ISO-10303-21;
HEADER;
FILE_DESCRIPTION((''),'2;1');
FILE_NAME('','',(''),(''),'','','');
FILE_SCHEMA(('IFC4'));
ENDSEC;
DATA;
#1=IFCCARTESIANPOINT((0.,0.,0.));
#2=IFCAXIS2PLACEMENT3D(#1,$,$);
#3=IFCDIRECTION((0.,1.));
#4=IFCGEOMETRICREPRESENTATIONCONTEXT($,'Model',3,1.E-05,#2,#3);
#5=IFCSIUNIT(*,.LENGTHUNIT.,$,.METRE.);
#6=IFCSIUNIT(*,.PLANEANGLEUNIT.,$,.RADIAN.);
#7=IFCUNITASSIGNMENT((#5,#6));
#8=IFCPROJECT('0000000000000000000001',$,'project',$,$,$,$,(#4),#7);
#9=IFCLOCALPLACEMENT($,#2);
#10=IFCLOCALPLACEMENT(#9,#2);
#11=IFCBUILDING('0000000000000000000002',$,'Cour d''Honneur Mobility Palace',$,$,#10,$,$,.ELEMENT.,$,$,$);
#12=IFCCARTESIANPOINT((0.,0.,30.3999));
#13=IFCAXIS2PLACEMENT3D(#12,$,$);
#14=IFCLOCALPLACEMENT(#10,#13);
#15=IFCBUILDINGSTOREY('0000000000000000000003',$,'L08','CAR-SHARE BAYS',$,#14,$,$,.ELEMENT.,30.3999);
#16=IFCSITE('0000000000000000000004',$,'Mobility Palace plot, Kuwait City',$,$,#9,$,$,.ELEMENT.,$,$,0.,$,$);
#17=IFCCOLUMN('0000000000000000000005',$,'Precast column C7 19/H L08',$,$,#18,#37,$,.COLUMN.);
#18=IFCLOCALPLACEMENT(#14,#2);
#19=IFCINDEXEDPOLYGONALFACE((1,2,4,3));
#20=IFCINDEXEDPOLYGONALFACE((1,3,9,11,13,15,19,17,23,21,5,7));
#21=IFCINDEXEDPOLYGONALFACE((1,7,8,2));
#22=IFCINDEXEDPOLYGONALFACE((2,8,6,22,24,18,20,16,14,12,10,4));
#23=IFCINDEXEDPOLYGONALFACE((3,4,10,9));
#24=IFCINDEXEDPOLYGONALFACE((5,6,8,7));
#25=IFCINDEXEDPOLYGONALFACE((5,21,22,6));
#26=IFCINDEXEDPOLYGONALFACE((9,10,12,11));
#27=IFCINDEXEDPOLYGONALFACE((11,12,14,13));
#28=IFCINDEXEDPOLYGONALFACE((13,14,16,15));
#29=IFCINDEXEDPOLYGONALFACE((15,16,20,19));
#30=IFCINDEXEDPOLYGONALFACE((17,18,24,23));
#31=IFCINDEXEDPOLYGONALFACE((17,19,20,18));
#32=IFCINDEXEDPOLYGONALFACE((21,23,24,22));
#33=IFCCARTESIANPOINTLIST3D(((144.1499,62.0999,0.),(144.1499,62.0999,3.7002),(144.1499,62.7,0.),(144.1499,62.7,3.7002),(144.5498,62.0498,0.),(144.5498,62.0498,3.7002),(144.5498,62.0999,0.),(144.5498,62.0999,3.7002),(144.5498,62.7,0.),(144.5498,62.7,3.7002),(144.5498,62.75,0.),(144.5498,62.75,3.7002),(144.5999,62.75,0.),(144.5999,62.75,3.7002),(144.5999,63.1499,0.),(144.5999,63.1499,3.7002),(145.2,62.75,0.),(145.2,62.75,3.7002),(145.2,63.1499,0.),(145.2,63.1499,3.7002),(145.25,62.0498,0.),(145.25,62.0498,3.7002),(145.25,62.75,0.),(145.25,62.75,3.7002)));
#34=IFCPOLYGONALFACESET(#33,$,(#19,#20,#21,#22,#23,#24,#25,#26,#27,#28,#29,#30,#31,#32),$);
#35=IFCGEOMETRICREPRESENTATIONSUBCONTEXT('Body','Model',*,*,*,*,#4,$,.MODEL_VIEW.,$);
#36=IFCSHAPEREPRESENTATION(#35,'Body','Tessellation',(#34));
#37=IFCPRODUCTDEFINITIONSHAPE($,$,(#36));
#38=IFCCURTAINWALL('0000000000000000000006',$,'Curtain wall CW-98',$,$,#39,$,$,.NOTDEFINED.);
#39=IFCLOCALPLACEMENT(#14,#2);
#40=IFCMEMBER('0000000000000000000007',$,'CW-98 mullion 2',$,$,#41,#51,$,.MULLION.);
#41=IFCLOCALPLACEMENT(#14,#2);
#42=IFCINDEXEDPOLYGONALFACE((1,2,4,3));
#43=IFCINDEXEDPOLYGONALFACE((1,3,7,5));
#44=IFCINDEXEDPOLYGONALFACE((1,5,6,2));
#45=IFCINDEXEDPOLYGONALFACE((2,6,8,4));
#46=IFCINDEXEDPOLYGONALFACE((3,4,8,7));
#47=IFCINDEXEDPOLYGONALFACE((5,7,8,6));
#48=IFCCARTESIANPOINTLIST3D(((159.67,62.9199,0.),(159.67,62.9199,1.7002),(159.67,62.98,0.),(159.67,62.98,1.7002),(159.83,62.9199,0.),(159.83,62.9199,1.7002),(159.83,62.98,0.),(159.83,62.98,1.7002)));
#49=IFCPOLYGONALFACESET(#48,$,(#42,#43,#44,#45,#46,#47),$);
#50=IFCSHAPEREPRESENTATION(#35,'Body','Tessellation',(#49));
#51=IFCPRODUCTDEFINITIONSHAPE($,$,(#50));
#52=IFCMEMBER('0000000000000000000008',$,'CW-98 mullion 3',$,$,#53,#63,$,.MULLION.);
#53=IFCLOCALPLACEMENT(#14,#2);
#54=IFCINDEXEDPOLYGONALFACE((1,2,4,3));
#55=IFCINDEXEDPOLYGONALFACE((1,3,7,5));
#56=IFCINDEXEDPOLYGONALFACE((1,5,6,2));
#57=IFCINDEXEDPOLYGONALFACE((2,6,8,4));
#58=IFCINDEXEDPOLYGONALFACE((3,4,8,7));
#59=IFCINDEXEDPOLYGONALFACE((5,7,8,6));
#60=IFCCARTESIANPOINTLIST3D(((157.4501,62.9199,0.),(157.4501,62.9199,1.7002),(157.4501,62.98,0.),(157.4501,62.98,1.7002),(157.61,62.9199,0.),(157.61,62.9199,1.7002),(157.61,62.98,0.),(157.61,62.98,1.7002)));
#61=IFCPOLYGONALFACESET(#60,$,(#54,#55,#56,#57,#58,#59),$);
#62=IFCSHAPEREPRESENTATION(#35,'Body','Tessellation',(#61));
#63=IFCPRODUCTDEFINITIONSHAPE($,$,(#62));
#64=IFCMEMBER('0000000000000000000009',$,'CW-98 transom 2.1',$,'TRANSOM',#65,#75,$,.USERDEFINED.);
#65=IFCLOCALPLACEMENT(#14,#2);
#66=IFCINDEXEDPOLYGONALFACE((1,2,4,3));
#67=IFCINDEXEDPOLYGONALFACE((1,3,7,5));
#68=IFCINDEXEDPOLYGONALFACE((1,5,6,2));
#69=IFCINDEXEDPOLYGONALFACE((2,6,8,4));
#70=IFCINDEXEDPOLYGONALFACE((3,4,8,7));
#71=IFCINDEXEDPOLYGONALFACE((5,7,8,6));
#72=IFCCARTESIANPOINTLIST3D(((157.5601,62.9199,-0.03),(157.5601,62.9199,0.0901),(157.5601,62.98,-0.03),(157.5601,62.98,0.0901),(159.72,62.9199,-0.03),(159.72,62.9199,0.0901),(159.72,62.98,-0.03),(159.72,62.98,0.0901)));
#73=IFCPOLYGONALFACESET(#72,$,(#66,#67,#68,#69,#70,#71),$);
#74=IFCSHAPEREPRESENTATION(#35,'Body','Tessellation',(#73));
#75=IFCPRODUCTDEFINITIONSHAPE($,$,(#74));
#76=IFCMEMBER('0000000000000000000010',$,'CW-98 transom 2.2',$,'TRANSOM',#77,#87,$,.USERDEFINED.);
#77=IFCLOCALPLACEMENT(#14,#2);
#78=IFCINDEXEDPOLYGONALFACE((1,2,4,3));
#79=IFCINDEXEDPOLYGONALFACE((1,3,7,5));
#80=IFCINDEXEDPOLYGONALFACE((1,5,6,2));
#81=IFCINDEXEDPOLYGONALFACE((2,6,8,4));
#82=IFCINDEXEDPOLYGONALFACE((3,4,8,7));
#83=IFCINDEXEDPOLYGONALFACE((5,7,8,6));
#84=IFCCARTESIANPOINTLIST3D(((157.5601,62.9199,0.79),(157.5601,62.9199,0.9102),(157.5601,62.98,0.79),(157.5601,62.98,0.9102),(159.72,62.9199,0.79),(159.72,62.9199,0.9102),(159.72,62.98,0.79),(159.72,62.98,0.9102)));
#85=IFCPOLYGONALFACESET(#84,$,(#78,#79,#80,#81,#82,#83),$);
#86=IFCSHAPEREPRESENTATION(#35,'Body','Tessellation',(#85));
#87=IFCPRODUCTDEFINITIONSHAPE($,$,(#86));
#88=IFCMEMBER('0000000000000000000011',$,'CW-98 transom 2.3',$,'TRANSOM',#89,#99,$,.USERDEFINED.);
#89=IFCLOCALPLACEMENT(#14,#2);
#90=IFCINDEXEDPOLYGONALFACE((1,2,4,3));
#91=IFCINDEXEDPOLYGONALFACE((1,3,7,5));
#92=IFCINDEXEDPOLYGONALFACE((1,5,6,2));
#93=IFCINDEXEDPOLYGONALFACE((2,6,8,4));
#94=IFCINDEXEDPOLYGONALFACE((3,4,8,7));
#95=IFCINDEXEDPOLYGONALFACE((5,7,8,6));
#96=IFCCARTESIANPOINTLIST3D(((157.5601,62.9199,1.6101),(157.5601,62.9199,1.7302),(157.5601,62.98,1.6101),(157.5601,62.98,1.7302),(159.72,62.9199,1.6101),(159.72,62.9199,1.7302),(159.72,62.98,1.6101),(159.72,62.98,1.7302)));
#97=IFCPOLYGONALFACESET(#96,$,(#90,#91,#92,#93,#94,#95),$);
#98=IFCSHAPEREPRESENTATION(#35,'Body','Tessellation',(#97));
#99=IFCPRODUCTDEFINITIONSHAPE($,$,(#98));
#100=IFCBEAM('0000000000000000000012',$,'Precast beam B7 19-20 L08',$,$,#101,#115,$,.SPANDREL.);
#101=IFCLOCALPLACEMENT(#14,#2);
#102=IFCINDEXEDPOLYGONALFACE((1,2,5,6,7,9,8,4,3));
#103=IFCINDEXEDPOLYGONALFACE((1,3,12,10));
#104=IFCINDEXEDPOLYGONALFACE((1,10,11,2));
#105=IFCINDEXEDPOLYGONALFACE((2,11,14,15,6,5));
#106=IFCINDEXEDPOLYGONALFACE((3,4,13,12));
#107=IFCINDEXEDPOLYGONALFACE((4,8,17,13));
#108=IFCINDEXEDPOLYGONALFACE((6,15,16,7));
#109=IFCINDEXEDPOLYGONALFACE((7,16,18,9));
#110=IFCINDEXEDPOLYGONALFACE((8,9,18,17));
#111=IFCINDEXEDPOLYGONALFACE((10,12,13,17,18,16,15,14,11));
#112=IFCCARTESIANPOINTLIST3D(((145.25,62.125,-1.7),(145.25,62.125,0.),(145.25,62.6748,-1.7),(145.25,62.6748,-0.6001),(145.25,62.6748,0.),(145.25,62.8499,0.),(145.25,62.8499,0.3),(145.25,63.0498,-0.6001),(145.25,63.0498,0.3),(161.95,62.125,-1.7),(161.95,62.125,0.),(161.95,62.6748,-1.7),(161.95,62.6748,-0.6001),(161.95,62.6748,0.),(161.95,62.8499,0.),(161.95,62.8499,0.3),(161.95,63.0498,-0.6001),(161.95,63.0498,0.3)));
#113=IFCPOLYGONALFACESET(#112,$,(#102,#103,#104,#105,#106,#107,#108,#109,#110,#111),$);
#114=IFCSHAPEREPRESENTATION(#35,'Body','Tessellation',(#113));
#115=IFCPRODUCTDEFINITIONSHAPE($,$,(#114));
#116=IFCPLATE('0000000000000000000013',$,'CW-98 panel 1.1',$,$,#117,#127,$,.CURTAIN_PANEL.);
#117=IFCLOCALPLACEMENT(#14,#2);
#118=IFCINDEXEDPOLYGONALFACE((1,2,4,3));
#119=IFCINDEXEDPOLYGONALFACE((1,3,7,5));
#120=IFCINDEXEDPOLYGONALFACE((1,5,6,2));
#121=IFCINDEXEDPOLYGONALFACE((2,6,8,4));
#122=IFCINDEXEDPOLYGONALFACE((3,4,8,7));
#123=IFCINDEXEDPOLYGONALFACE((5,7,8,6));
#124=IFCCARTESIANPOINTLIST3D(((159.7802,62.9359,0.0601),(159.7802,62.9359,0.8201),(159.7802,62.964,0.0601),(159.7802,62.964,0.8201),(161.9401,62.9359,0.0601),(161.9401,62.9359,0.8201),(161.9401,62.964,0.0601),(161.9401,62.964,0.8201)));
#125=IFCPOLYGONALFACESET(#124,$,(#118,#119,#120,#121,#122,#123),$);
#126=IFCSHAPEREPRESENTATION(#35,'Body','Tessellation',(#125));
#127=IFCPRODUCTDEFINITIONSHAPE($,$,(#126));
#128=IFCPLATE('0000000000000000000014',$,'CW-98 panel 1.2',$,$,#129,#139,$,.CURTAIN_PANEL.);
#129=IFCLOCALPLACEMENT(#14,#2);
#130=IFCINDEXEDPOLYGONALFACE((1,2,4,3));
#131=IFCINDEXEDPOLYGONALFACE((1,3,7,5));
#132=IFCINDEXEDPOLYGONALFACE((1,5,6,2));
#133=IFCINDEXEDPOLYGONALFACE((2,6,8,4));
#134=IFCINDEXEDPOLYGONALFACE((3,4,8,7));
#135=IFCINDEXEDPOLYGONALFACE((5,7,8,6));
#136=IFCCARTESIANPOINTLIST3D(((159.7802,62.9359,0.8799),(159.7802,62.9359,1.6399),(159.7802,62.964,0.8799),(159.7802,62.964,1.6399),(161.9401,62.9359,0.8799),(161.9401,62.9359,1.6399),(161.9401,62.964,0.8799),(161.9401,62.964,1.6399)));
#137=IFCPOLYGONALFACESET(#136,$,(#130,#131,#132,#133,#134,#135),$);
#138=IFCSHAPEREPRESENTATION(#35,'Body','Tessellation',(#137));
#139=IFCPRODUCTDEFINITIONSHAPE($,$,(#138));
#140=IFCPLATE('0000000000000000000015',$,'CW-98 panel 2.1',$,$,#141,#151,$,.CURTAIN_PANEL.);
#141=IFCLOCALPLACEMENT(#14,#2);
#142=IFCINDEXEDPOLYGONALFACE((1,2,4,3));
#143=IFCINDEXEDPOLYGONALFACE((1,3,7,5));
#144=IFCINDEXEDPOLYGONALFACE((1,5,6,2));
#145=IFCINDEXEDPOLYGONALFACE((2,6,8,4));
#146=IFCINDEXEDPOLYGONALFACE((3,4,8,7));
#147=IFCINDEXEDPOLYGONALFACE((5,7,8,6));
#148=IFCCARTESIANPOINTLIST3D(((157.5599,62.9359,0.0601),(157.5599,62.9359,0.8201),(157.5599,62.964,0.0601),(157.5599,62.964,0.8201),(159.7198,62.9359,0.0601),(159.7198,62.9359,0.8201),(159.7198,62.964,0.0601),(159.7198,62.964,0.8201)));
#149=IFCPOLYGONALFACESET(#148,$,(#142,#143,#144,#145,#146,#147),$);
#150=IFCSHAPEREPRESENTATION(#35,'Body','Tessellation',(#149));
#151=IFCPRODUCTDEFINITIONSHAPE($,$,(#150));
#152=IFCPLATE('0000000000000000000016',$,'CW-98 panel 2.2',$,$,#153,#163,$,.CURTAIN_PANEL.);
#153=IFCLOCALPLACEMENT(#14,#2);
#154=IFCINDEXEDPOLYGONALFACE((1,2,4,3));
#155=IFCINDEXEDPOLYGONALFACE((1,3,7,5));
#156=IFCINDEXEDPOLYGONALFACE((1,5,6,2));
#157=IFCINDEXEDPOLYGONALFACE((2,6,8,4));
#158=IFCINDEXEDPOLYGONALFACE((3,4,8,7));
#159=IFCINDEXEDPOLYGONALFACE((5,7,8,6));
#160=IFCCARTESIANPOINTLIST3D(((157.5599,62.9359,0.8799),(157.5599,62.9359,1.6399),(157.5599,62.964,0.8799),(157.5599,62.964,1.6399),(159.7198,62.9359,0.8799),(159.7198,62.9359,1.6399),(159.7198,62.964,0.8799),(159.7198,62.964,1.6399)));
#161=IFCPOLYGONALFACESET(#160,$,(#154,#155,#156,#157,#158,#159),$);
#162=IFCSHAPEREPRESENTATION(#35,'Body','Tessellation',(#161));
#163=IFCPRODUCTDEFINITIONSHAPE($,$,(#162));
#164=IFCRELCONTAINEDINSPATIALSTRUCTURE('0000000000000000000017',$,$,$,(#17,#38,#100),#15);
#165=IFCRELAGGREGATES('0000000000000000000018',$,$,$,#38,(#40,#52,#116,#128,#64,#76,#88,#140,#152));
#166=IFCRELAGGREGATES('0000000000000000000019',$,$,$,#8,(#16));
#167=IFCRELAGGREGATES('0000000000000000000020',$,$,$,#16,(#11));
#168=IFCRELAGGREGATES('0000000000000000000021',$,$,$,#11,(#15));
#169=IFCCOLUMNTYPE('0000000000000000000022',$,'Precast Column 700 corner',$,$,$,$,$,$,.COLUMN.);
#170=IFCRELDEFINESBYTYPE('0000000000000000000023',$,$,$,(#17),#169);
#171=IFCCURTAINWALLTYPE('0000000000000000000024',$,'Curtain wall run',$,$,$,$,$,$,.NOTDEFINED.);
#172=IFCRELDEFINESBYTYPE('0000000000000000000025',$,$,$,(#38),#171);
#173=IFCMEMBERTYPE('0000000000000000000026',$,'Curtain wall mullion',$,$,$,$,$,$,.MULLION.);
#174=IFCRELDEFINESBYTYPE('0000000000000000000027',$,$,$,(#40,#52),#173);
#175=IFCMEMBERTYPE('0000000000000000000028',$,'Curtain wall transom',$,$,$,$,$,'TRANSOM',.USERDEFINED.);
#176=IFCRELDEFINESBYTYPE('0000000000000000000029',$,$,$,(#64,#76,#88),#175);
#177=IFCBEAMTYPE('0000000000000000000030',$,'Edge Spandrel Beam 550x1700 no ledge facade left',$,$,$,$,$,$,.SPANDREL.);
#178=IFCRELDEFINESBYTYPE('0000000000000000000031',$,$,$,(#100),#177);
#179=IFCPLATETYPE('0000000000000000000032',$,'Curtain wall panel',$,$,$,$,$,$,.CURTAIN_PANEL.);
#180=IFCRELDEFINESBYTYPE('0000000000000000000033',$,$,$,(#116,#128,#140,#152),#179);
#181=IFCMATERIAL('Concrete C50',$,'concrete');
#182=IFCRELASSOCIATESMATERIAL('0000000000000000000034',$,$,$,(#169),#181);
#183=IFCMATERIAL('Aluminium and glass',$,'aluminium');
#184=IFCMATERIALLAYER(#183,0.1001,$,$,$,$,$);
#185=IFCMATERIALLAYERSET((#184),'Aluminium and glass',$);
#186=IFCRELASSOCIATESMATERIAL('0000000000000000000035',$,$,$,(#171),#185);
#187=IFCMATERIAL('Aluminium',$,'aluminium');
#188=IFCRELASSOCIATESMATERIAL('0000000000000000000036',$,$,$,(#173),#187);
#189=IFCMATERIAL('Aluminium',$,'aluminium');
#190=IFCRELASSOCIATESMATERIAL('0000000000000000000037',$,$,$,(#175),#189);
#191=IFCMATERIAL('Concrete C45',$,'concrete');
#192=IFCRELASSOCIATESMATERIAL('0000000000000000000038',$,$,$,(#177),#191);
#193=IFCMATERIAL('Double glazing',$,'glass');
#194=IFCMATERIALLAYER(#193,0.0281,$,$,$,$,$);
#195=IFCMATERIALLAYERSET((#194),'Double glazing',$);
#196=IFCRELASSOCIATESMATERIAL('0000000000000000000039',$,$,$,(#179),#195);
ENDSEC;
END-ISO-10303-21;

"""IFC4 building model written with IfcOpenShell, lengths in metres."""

from ifc_helpers import new_model, si_unit, direction, frame, origin, origin_2d, place, context, subcontext, project, spatial, polyline, rectangle, outline, extrude, material, layer, layer_set, material_profile, profile_set, type_object, element, aggregate, save


model = new_model("IFC4")

# Units and contexts
model_context = context("Model", 3, precision=1e-05, world=origin(), true_north=direction((0.0, 1.0)))
body_context = subcontext(model_context, "Body", "Model", "MODEL_VIEW")
ifc_project = project(units=[si_unit("LENGTHUNIT", "METRE"), si_unit("PLANEANGLEUNIT", "RADIAN")], contexts=[model_context])

# Site, building, storey
site_placement = place(None, origin())
site = spatial("IfcSite", under=ifc_project, at=site_placement, Name="Mobility Palace plot, Kuwait City", CompositionType="ELEMENT", RefElevation=0.0)
building_placement = place(site_placement, origin())
building = spatial("IfcBuilding", under=site, at=building_placement, Name="Cour d'Honneur Mobility Palace", CompositionType="ELEMENT")
storey_placement = place(building_placement, frame((0.0, 0.0, 30.3999)))
storey = spatial("IfcBuildingStorey", under=building, at=storey_placement, Name="L08", Description="CAR-SHARE BAYS", CompositionType="ELEMENT", Elevation=30.3999)

# Column
ifc_material_1 = material(Name="Concrete C50", Category="concrete")
ifc_material_profile_1 = material_profile(ifc_material_1, outline(polyline([(-0.3501, -0.3501), (0.3501, -0.3501), (0.3501, -0.3), (0.75, -0.3), (0.75, 0.3), (0.3501, 0.3), (0.3501, 0.3501), (0.3, 0.3501), (0.3, 0.75), (-0.3, 0.75), (-0.3, 0.3501), (-0.3501, 0.3501), (-0.3501, -0.3501)])), Name="PC C700 corner")
ifc_profile_set_1 = profile_set([ifc_material_profile_1], Name="Concrete C50")
column_type = type_object("IfcColumnType", Name="Precast Column 700 corner", PredefinedType="COLUMN", material=ifc_profile_set_1)
column_placement = place(storey_placement, frame((144.8999, 62.3999, 0.0), z_axis=(0.0, 0.0, 1.0), x_axis=(0.0, 1.0, 0.0)))
element("IfcColumn", 1, at=column_placement, inside=storey, type_object=column_type, Name="Precast column C7 19/H L08", PredefinedType="COLUMN", context=body_context, shape_type="SweptSolid", body=[
    extrude(outline(polyline([(-0.3501, -0.3501), (0.3501, -0.3501), (0.3501, -0.3), (0.75, -0.3), (0.75, 0.3), (0.3501, 0.3), (0.3501, 0.3501), (0.3, 0.3501), (0.3, 0.75), (-0.3, 0.75), (-0.3, 0.3501), (-0.3501, 0.3501), (-0.3501, -0.3501)])), origin(), (0.0, 0.0, 1.0), 3.7002),
])

# Curtain wall, members
ifc_material_2 = material(Name="Aluminium and glass", Category="aluminium")
ifc_layer_1 = layer(ifc_material_2, 0.1001)
ifc_layer_set_1 = layer_set([ifc_layer_1], Name="Aluminium and glass")
curtain_wall_type = type_object("IfcCurtainWallType", Name="Curtain wall run", PredefinedType="NOTDEFINED", material=ifc_layer_set_1)
curtain_wall_placement = place(storey_placement, origin())
curtain_wall = element("IfcCurtainWall", 2, at=curtain_wall_placement, inside=storey, type_object=curtain_wall_type, Name="Curtain wall CW-98", PredefinedType="NOTDEFINED")
ifc_material_3 = material(Name="Aluminium", Category="aluminium")
ifc_material_profile_2 = material_profile(ifc_material_3, rectangle(XDim=0.0601, YDim=0.1599, at=origin_2d()), Name="Curtain wall mullion")
ifc_profile_set_2 = profile_set([ifc_material_profile_2], Name="Aluminium")
member_type_1 = type_object("IfcMemberType", Name="Curtain wall mullion", PredefinedType="MULLION", material=ifc_profile_set_2)
member_1_placement = place(storey_placement, frame((159.75, 62.95, 0.0), z_axis=(0.0, 0.0, 1.0), x_axis=(0.0, -1.0, 0.0)))
member_1 = element("IfcMember", 3, at=member_1_placement, type_object=member_type_1, Name="CW-98 mullion 2", PredefinedType="MULLION", context=body_context, shape_type="SweptSolid", body=[
    extrude(rectangle(XDim=0.0601, YDim=0.1599, at=origin_2d()), origin(), (0.0, 0.0, 1.0), 1.7002),
])
member_2_placement = place(storey_placement, frame((157.53, 62.95, 0.0), z_axis=(0.0, 0.0, 1.0), x_axis=(0.0, -1.0, 0.0)))
member_2 = element("IfcMember", 4, at=member_2_placement, type_object=member_type_1, Name="CW-98 mullion 3", PredefinedType="MULLION", context=body_context, shape_type="SweptSolid", body=[
    extrude(rectangle(XDim=0.0601, YDim=0.1599, at=origin_2d()), origin(), (0.0, 0.0, 1.0), 1.7002),
])
ifc_material_4 = material(Name="Aluminium", Category="aluminium")
ifc_material_profile_3 = material_profile(ifc_material_4, rectangle(XDim=0.0601, YDim=0.1201, at=origin_2d()), Name="Curtain wall transom")
ifc_profile_set_3 = profile_set([ifc_material_profile_3], Name="Aluminium")
member_type_2 = type_object("IfcMemberType", Name="Curtain wall transom", ElementType="TRANSOM", PredefinedType="USERDEFINED", material=ifc_profile_set_3)
member_3_placement = place(storey_placement, frame((159.72, 62.95, 0.03), z_axis=(-1.0, 0.0, 0.0), x_axis=(0.0, -1.0, 0.0)))
member_3 = element("IfcMember", 5, at=member_3_placement, type_object=member_type_2, Name="CW-98 transom 2.1", ObjectType="TRANSOM", PredefinedType="USERDEFINED", context=body_context, shape_type="SweptSolid", body=[
    extrude(rectangle(XDim=0.0601, YDim=0.1201, at=origin_2d()), origin(), (0.0, 0.0, 1.0), 2.1599),
])
member_4_placement = place(storey_placement, frame((159.72, 62.95, 0.8501), z_axis=(-1.0, 0.0, 0.0), x_axis=(0.0, -1.0, 0.0)))
member_4 = element("IfcMember", 6, at=member_4_placement, type_object=member_type_2, Name="CW-98 transom 2.2", ObjectType="TRANSOM", PredefinedType="USERDEFINED", context=body_context, shape_type="SweptSolid", body=[
    extrude(rectangle(XDim=0.0601, YDim=0.1201, at=origin_2d()), origin(), (0.0, 0.0, 1.0), 2.1599),
])
member_5_placement = place(storey_placement, frame((159.72, 62.95, 1.6702), z_axis=(-1.0, 0.0, 0.0), x_axis=(0.0, -1.0, 0.0)))
member_5 = element("IfcMember", 7, at=member_5_placement, type_object=member_type_2, Name="CW-98 transom 2.3", ObjectType="TRANSOM", PredefinedType="USERDEFINED", context=body_context, shape_type="SweptSolid", body=[
    extrude(rectangle(XDim=0.0601, YDim=0.1201, at=origin_2d()), origin(), (0.0, 0.0, 1.0), 2.1599),
])

# Beam
ifc_material_5 = material(Name="Concrete C45", Category="concrete")
ifc_material_profile_4 = material_profile(ifc_material_5, outline(polyline([(0.2749, -1.7), (0.2749, -0.6001), (0.6499, -0.6001), (0.6499, 0.3), (0.45, 0.3), (0.45, 0.0), (0.2749, 0.0), (-0.2749, 0.0), (-0.2749, -1.7), (0.2749, -1.7)])), Name="Edge Spandrel Beam 550x1700 no ledge facade left")
ifc_profile_set_4 = profile_set([ifc_material_profile_4], Name="Concrete C45")
beam_type = type_object("IfcBeamType", Name="Edge Spandrel Beam 550x1700 no ledge facade left", PredefinedType="SPANDREL", material=ifc_profile_set_4)
beam_placement = place(storey_placement, frame((145.25, 62.3999, 0.0), z_axis=(1.0, 0.0, 0.0), x_axis=(0.0, 1.0, 0.0)))
element("IfcBeam", 8, at=beam_placement, inside=storey, type_object=beam_type, Name="Precast beam B7 19-20 L08", PredefinedType="SPANDREL", context=body_context, shape_type="SweptSolid", body=[
    extrude(outline(polyline([(0.2749, -1.7), (0.2749, -0.6001), (0.6499, -0.6001), (0.6499, 0.3), (0.45, 0.3), (0.45, 0.0), (0.2749, 0.0), (-0.2749, 0.0), (-0.2749, -1.7), (0.2749, -1.7)])), origin(), (0.0, 0.0, 1.0), 16.7),
])

# Plates
ifc_material_6 = material(Name="Double glazing", Category="glass")
ifc_layer_2 = layer(ifc_material_6, 0.0281)
ifc_layer_set_2 = layer_set([ifc_layer_2], Name="Double glazing")
plate_type = type_object("IfcPlateType", Name="Curtain wall panel", PredefinedType="CURTAIN_PANEL", material=ifc_layer_set_2)
plate_1_placement = place(storey_placement, frame((160.8601, 62.95, 0.0601), z_axis=(0.0, 0.0, 1.0), x_axis=(-1.0, 0.0, 0.0)))
plate_1 = element("IfcPlate", 9, at=plate_1_placement, type_object=plate_type, Name="CW-98 panel 1.1", PredefinedType="CURTAIN_PANEL", context=body_context, shape_type="SweptSolid", body=[
    extrude(rectangle(XDim=2.1599, YDim=0.0281, at=origin_2d()), origin(), (0.0, 0.0, 1.0), 0.76),
])
plate_2_placement = place(storey_placement, frame((160.8601, 62.95, 0.8799), z_axis=(0.0, 0.0, 1.0), x_axis=(-1.0, 0.0, 0.0)))
plate_2 = element("IfcPlate", 10, at=plate_2_placement, type_object=plate_type, Name="CW-98 panel 1.2", PredefinedType="CURTAIN_PANEL", context=body_context, shape_type="SweptSolid", body=[
    extrude(rectangle(XDim=2.1599, YDim=0.0281, at=origin_2d()), origin(), (0.0, 0.0, 1.0), 0.76),
])
plate_3_placement = place(storey_placement, frame((158.6399, 62.95, 0.0601), z_axis=(0.0, 0.0, 1.0), x_axis=(-1.0, 0.0, 0.0)))
plate_3 = element("IfcPlate", 11, at=plate_3_placement, type_object=plate_type, Name="CW-98 panel 2.1", PredefinedType="CURTAIN_PANEL", context=body_context, shape_type="SweptSolid", body=[
    extrude(rectangle(XDim=2.1599, YDim=0.0281, at=origin_2d()), origin(), (0.0, 0.0, 1.0), 0.76),
])
plate_4_placement = place(storey_placement, frame((158.6399, 62.95, 0.8799), z_axis=(0.0, 0.0, 1.0), x_axis=(-1.0, 0.0, 0.0)))
plate_4 = element("IfcPlate", 12, at=plate_4_placement, type_object=plate_type, Name="CW-98 panel 2.2", PredefinedType="CURTAIN_PANEL", context=body_context, shape_type="SweptSolid", body=[
    extrude(rectangle(XDim=2.1599, YDim=0.0281, at=origin_2d()), origin(), (0.0, 0.0, 1.0), 0.76),
])
aggregate(curtain_wall, [member_1, member_2, plate_1, plate_2, member_3, member_4, member_5, plate_3, plate_4])

save(model, "model.ifc")
